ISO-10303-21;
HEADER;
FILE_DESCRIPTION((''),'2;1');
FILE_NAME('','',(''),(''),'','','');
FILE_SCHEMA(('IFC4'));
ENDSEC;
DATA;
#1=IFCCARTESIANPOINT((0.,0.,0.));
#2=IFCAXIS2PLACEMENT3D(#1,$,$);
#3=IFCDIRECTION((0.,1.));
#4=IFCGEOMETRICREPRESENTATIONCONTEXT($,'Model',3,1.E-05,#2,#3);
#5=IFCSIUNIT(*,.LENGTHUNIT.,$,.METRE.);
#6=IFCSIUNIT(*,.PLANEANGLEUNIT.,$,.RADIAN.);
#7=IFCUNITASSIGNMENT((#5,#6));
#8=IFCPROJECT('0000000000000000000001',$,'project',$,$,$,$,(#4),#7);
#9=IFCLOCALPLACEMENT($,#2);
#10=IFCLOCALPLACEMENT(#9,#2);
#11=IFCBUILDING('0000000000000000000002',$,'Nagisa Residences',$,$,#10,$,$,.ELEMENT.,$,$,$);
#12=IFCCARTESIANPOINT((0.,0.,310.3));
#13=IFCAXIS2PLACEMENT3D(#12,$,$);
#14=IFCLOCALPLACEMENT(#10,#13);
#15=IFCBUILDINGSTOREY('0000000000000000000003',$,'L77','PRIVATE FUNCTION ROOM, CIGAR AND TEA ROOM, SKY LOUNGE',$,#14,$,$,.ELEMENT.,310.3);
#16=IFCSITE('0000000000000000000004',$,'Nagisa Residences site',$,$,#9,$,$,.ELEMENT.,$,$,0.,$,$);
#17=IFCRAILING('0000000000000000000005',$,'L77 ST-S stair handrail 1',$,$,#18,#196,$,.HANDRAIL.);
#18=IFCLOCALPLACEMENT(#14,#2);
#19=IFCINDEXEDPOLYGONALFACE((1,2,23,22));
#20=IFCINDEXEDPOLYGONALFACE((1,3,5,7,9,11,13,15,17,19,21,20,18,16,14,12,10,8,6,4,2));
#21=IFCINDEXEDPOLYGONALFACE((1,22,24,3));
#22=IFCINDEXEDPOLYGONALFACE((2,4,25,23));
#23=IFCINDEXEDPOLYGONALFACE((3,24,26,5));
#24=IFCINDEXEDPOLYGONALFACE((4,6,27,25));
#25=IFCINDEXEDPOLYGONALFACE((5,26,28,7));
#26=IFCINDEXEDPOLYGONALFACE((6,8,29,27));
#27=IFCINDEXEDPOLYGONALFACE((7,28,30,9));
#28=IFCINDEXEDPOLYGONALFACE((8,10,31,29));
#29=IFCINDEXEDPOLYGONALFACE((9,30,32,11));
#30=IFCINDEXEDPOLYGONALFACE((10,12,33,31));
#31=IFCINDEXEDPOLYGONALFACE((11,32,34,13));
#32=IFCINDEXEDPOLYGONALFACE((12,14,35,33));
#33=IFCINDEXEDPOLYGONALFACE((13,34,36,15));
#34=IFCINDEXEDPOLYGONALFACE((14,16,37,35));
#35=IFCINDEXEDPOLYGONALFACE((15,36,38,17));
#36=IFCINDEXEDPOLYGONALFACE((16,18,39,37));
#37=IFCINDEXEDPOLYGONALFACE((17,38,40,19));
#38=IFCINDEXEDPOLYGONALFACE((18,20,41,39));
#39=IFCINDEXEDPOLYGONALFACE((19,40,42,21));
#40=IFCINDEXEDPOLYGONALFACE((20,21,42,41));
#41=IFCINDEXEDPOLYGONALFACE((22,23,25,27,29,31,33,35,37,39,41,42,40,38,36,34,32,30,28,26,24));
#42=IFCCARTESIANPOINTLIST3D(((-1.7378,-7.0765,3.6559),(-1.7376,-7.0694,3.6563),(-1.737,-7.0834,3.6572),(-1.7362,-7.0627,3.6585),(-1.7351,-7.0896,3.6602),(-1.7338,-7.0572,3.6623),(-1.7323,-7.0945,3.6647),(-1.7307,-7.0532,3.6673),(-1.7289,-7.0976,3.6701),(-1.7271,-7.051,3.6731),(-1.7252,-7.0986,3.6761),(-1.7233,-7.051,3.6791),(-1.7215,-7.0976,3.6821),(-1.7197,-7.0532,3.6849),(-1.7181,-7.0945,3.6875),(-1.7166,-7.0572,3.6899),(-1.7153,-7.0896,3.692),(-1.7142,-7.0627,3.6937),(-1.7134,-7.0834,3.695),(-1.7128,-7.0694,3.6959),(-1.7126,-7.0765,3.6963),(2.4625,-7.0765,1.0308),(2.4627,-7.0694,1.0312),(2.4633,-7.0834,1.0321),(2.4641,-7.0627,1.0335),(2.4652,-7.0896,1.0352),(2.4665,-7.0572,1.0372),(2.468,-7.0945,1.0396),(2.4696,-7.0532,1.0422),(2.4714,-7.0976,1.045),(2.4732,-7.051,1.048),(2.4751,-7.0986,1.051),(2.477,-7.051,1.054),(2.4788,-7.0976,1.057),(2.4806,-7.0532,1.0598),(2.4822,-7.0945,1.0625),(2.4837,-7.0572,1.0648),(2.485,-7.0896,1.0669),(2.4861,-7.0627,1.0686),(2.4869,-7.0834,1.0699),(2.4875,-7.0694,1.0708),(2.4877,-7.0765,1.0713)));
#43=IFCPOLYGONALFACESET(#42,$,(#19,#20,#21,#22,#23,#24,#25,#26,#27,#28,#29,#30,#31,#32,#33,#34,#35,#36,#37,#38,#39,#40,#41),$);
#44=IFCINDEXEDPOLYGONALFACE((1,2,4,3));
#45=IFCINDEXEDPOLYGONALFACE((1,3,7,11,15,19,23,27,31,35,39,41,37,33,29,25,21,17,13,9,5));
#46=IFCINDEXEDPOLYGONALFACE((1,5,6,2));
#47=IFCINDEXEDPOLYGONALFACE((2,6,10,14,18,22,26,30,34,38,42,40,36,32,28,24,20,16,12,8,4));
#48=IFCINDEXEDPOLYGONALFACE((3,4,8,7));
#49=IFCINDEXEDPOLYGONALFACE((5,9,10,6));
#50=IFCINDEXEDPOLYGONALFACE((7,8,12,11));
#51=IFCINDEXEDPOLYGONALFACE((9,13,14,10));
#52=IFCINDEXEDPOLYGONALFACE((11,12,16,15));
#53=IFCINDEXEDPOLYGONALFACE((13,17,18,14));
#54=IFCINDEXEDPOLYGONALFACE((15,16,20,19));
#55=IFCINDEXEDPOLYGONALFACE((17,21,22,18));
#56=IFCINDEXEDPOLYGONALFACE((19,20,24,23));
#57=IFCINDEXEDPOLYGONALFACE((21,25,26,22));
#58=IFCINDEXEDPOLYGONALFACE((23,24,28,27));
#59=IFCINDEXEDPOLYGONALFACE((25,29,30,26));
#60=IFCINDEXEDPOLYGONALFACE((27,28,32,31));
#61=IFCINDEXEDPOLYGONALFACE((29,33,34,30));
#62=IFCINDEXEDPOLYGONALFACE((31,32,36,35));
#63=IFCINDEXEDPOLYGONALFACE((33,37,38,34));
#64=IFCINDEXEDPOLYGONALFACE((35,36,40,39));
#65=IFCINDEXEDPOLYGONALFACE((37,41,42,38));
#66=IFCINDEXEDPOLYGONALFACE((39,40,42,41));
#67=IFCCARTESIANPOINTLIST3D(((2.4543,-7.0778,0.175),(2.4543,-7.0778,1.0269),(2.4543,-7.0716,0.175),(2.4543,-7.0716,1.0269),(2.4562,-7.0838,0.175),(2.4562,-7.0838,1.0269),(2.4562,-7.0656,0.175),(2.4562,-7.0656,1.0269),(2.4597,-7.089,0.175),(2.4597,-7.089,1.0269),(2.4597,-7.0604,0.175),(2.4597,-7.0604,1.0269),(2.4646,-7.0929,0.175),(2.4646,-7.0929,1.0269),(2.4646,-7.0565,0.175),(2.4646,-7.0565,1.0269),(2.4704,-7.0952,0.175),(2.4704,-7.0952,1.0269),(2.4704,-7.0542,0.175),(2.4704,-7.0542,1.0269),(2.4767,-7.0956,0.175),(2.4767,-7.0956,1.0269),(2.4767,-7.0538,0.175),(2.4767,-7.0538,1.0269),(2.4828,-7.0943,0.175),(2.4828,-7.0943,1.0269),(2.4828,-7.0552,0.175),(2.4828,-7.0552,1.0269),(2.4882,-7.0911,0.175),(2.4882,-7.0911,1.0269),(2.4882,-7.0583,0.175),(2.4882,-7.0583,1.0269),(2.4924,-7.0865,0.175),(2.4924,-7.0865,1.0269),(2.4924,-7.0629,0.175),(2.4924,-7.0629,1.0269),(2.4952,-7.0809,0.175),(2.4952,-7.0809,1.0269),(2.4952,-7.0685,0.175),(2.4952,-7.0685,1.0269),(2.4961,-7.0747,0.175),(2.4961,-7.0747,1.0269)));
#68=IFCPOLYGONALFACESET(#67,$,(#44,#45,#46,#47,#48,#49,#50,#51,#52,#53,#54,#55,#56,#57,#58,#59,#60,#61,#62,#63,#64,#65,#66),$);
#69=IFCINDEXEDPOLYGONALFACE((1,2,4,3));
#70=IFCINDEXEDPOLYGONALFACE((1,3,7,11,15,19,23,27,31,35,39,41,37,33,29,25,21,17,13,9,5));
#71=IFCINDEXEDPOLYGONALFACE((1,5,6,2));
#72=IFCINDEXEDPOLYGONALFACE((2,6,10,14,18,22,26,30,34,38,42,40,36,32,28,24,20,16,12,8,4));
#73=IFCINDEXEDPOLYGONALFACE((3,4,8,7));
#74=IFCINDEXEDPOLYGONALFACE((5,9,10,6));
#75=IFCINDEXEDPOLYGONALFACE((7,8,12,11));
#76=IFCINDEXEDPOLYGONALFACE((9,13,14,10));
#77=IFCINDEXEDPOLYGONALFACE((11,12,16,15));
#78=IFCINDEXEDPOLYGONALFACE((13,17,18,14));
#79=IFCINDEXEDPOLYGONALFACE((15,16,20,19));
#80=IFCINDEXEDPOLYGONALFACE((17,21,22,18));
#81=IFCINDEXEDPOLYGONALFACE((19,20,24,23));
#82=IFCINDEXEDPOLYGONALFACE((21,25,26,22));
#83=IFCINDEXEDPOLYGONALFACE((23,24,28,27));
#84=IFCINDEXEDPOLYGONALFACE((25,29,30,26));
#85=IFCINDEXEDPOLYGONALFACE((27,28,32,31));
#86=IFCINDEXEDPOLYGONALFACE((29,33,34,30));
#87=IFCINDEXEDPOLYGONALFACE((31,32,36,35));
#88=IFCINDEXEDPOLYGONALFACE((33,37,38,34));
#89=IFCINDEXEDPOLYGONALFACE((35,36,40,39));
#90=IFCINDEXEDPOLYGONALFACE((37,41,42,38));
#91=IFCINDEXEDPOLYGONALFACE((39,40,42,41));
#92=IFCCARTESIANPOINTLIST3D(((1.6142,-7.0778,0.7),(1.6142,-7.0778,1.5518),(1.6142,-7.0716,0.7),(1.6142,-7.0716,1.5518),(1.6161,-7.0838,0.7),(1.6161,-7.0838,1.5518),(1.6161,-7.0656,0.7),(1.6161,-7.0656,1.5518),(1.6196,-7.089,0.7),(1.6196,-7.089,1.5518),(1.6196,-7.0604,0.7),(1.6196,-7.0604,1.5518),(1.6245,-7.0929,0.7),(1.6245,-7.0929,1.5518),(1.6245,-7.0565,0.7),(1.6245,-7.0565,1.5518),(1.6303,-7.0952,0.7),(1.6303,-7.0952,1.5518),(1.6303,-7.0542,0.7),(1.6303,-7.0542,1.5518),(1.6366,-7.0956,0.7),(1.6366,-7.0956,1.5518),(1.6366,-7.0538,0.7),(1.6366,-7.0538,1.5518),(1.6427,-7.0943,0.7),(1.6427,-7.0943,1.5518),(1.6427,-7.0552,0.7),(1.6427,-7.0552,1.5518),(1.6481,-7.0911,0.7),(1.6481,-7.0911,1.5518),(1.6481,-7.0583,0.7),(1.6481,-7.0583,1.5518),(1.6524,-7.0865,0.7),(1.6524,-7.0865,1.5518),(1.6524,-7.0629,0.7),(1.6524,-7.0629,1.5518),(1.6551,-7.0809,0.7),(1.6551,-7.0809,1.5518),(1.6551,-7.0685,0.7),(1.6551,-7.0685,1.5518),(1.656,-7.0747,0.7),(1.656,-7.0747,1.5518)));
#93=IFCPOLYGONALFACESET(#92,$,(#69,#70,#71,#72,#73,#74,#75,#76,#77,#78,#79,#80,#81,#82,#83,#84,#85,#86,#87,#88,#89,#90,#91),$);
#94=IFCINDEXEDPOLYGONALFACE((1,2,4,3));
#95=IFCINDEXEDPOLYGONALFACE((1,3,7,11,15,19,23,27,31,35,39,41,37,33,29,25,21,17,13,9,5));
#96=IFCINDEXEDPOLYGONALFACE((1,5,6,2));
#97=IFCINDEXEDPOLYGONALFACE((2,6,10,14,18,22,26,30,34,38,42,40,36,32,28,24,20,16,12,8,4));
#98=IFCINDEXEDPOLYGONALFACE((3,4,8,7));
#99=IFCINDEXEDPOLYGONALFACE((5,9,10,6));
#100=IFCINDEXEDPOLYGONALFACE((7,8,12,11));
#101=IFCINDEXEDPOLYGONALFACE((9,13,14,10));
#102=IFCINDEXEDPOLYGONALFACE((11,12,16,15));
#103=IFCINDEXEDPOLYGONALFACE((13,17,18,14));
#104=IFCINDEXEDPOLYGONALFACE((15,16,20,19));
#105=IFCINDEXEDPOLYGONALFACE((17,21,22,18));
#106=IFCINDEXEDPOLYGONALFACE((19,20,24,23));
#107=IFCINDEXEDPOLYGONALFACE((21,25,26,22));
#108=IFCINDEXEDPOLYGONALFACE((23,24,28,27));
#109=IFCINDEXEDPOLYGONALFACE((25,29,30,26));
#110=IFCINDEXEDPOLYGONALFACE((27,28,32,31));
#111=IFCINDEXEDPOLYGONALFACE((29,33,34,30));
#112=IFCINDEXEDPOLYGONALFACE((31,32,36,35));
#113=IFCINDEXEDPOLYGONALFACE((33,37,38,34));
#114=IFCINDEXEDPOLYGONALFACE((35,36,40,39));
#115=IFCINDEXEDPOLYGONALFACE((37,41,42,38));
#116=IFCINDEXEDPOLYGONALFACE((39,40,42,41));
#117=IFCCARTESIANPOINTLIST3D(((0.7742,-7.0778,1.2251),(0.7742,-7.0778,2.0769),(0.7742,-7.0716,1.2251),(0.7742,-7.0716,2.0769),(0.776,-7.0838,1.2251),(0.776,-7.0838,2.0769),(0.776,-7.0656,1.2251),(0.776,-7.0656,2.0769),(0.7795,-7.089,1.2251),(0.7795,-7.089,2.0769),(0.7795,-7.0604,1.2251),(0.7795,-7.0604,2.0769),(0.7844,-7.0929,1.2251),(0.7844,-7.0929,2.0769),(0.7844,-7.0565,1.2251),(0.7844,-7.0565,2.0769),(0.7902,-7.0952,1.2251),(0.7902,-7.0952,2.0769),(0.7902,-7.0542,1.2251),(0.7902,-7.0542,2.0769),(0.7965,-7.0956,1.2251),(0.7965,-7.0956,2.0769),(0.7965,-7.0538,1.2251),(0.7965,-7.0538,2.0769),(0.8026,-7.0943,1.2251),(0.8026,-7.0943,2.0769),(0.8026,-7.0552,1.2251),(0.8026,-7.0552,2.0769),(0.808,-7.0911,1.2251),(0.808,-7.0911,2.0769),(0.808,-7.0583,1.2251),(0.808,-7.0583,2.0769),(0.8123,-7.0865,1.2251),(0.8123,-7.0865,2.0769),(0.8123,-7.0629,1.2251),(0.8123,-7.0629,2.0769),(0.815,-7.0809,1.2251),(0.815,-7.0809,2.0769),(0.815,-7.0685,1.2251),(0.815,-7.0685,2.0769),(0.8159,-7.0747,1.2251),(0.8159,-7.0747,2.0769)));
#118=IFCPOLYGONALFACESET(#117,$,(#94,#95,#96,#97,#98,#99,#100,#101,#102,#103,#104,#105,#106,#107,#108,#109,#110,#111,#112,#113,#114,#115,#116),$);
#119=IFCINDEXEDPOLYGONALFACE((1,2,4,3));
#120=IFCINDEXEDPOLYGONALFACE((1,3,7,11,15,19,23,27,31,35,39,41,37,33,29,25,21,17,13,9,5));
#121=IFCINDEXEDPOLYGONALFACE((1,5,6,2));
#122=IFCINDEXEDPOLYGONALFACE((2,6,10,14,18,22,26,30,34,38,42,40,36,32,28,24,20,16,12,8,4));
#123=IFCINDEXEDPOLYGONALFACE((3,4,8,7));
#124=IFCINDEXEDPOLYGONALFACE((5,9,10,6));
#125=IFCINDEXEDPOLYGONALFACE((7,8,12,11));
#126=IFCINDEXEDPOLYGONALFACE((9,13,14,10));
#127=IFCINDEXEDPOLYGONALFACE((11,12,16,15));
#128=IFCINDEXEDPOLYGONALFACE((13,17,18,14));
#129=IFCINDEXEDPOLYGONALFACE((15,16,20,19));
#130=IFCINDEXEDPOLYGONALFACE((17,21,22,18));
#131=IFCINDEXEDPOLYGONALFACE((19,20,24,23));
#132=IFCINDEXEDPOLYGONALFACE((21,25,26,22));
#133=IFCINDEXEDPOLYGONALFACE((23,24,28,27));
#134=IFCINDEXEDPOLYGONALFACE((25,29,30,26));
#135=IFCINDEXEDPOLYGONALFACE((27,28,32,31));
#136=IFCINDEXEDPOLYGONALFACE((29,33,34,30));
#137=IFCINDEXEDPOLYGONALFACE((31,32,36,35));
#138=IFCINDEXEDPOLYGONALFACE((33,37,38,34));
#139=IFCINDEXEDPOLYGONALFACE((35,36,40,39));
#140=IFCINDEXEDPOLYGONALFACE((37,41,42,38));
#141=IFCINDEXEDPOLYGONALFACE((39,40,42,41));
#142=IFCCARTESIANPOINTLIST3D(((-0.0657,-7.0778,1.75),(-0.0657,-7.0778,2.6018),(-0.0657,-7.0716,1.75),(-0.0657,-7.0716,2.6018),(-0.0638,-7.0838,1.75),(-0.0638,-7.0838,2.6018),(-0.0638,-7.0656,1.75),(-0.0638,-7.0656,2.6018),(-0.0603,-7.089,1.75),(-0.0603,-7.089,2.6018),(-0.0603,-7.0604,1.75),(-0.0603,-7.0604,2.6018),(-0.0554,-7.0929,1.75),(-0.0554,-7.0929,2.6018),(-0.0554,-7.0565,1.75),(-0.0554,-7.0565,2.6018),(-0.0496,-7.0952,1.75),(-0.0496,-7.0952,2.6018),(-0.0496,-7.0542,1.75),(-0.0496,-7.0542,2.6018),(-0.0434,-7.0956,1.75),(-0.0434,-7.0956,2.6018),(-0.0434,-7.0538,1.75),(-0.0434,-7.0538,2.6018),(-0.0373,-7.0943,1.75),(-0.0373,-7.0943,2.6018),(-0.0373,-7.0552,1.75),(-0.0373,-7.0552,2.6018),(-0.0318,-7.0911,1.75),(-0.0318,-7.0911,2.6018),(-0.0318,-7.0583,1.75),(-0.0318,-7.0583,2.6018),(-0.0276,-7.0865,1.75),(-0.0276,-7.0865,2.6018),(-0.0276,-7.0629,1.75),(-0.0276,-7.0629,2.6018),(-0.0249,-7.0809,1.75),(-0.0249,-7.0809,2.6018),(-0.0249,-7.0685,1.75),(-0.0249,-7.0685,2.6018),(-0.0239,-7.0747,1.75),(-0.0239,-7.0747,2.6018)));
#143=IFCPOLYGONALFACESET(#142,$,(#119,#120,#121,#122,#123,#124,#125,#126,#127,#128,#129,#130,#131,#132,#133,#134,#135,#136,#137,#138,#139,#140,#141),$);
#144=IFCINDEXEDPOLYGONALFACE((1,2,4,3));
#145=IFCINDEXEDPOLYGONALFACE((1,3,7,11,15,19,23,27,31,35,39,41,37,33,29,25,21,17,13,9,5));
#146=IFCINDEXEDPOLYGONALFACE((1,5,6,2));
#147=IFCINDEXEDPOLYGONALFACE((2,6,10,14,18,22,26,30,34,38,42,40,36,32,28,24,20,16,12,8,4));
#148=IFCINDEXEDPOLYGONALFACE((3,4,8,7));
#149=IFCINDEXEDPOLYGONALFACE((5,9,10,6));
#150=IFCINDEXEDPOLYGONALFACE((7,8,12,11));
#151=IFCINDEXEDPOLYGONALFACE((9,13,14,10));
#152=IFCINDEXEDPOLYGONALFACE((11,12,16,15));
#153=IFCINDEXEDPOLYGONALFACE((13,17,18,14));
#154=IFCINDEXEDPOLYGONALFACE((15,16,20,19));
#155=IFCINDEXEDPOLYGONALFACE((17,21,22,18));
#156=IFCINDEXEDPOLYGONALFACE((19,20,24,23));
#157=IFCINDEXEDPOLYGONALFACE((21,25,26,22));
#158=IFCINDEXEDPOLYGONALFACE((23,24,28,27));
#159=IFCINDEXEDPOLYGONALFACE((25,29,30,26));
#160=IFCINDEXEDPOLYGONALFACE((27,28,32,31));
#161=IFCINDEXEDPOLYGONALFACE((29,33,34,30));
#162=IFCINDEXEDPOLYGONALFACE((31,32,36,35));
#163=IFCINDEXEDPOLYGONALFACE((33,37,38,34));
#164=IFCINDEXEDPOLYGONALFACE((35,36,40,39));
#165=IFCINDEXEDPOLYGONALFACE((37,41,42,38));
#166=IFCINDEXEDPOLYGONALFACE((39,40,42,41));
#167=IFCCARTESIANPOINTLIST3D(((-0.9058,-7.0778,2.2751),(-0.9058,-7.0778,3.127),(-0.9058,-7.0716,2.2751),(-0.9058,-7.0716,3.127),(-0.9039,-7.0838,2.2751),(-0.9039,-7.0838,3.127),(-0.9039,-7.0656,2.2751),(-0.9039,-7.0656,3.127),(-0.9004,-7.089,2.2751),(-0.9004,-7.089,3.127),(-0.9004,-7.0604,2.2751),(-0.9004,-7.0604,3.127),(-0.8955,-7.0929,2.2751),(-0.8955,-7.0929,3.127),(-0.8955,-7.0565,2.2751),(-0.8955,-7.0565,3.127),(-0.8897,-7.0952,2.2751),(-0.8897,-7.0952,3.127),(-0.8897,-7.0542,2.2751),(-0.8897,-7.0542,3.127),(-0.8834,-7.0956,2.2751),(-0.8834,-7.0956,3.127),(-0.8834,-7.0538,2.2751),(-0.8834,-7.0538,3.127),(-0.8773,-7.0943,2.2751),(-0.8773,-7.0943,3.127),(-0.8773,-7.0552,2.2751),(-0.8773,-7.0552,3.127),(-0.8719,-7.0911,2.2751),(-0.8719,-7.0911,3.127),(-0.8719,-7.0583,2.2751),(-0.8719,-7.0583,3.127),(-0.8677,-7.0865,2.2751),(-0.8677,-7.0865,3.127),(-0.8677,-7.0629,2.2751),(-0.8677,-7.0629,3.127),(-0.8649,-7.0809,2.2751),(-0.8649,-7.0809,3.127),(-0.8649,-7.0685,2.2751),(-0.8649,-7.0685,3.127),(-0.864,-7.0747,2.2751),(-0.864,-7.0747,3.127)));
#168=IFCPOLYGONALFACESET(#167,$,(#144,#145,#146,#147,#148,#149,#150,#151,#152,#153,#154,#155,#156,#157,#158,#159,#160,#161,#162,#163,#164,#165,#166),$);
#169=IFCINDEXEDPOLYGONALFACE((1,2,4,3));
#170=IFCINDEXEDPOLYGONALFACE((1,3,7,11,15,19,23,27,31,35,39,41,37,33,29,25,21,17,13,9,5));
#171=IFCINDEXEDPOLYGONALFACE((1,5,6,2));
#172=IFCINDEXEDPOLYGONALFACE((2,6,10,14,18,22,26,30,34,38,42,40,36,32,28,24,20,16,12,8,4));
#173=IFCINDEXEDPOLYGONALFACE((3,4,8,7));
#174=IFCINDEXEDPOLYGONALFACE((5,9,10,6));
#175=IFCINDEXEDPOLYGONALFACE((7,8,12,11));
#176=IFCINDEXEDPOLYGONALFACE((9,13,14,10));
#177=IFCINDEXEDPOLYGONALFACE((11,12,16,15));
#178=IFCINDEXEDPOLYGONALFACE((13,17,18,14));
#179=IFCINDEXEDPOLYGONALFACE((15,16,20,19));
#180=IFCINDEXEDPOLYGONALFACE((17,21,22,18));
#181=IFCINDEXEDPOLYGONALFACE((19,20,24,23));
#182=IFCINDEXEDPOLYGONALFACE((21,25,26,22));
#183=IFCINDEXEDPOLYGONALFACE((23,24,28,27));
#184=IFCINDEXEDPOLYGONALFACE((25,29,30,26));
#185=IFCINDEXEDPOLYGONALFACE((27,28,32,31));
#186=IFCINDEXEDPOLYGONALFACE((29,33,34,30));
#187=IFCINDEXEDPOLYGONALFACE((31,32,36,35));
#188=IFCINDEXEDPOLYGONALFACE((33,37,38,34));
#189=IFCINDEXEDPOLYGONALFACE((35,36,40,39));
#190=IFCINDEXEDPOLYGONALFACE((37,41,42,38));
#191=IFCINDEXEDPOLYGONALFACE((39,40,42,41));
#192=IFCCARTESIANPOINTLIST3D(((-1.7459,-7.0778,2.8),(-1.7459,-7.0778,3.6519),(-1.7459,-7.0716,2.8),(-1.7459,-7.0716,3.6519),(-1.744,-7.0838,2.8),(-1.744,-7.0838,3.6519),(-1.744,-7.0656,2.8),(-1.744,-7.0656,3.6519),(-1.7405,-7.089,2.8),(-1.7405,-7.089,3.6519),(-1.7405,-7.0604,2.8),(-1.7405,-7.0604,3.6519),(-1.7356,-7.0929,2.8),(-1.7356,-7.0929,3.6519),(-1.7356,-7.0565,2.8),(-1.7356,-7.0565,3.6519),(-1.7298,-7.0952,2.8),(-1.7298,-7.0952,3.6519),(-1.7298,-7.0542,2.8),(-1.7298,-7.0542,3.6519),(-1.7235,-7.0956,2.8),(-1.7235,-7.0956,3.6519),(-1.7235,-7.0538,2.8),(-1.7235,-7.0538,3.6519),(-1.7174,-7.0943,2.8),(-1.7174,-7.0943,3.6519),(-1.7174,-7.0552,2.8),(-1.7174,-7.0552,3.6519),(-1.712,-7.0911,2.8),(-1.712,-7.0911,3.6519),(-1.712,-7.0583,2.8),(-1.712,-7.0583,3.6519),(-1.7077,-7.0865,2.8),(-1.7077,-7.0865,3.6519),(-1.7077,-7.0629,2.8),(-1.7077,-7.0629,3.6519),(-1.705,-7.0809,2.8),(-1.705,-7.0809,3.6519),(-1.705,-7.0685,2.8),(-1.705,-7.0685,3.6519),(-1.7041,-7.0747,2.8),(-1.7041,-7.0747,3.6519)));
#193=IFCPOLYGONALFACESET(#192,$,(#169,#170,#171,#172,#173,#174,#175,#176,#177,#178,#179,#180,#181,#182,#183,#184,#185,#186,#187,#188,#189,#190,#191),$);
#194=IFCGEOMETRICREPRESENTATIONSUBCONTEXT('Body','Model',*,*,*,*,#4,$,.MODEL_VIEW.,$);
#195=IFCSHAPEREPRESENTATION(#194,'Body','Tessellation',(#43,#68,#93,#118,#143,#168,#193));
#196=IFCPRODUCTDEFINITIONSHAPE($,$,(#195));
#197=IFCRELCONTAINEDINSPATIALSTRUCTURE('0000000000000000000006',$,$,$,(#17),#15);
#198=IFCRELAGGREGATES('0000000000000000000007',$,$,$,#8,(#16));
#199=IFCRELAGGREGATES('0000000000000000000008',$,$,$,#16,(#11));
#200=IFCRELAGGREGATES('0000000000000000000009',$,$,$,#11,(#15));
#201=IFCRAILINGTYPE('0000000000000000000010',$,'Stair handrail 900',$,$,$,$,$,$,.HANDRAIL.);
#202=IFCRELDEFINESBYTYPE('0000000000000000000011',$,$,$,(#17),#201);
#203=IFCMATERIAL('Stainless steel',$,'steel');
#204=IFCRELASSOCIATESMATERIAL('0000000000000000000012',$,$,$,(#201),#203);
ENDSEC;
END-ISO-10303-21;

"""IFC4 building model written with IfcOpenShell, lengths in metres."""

from ifc_helpers import new_model, si_unit, direction, frame, origin, origin_2d, place, context, subcontext, project, spatial, circle, extrude, material, type_object, element, save


model = new_model("IFC4")

# Units and contexts
model_context = context("Model", 3, precision=1e-05, world=origin(), true_north=direction((0.0, 1.0)))
body_context = subcontext(model_context, "Body", "Model", "MODEL_VIEW")
ifc_project = project(units=[si_unit("LENGTHUNIT", "METRE"), si_unit("PLANEANGLEUNIT", "RADIAN")], contexts=[model_context])

# Site, building, storey
site_placement = place(None, origin())
site = spatial("IfcSite", under=ifc_project, at=site_placement, Name="Nagisa Residences site", CompositionType="ELEMENT", RefElevation=0.0)
building_placement = place(site_placement, origin())
building = spatial("IfcBuilding", under=site, at=building_placement, Name="Nagisa Residences", CompositionType="ELEMENT")
storey_placement = place(building_placement, frame((0.0, 0.0, 310.3)))
storey = spatial("IfcBuildingStorey", under=building, at=storey_placement, Name="L77", Description="PRIVATE FUNCTION ROOM, CIGAR AND TEA ROOM, SKY LOUNGE", CompositionType="ELEMENT", Elevation=310.3)

# Railing
ifc_material_1 = material(Name="Stainless steel", Category="steel")
railing_type_1 = type_object("IfcRailingType", Name="Stair handrail 900", PredefinedType="HANDRAIL", material=ifc_material_1)
railing_1_placement = place(storey_placement, frame((2.4751, -7.0747, 0.175)))
element("IfcRailing", 1, at=railing_1_placement, inside=storey, type_object=railing_type_1, Name="L77 ST-S stair handrail 1", PredefinedType="HANDRAIL", context=body_context, shape_type="SweptSolid", body=[
    extrude(circle(Radius=0.0239, at=origin_2d()), frame((0.0, 0.0, 0.876), z_axis=(-0.848009, 0.0, 0.529981), x_axis=(0.0, -1.0, 0.0)), (0.0, 0.0, 1.0), 4.9531),
    extrude(circle(Radius=0.021, at=origin_2d()), origin(), (0.0, 0.0, 1.0), 0.8518),
    extrude(circle(Radius=0.021, at=origin_2d()), frame((-0.8401, 0.0, 0.5249)), (0.0, 0.0, 1.0), 0.8518),
    extrude(circle(Radius=0.021, at=origin_2d()), frame((-1.6802, 0.0, 1.05)), (0.0, 0.0, 1.0), 0.8518),
    extrude(circle(Radius=0.021, at=origin_2d()), frame((-2.52, 0.0, 1.575)), (0.0, 0.0, 1.0), 0.8518),
    extrude(circle(Radius=0.021, at=origin_2d()), frame((-3.3601, 0.0, 2.1001)), (0.0, 0.0, 1.0), 0.8518),
    extrude(circle(Radius=0.021, at=origin_2d()), frame((-4.2002, 0.0, 2.625)), (0.0, 0.0, 1.0), 0.8518),
])

save(model, "model.ifc")
